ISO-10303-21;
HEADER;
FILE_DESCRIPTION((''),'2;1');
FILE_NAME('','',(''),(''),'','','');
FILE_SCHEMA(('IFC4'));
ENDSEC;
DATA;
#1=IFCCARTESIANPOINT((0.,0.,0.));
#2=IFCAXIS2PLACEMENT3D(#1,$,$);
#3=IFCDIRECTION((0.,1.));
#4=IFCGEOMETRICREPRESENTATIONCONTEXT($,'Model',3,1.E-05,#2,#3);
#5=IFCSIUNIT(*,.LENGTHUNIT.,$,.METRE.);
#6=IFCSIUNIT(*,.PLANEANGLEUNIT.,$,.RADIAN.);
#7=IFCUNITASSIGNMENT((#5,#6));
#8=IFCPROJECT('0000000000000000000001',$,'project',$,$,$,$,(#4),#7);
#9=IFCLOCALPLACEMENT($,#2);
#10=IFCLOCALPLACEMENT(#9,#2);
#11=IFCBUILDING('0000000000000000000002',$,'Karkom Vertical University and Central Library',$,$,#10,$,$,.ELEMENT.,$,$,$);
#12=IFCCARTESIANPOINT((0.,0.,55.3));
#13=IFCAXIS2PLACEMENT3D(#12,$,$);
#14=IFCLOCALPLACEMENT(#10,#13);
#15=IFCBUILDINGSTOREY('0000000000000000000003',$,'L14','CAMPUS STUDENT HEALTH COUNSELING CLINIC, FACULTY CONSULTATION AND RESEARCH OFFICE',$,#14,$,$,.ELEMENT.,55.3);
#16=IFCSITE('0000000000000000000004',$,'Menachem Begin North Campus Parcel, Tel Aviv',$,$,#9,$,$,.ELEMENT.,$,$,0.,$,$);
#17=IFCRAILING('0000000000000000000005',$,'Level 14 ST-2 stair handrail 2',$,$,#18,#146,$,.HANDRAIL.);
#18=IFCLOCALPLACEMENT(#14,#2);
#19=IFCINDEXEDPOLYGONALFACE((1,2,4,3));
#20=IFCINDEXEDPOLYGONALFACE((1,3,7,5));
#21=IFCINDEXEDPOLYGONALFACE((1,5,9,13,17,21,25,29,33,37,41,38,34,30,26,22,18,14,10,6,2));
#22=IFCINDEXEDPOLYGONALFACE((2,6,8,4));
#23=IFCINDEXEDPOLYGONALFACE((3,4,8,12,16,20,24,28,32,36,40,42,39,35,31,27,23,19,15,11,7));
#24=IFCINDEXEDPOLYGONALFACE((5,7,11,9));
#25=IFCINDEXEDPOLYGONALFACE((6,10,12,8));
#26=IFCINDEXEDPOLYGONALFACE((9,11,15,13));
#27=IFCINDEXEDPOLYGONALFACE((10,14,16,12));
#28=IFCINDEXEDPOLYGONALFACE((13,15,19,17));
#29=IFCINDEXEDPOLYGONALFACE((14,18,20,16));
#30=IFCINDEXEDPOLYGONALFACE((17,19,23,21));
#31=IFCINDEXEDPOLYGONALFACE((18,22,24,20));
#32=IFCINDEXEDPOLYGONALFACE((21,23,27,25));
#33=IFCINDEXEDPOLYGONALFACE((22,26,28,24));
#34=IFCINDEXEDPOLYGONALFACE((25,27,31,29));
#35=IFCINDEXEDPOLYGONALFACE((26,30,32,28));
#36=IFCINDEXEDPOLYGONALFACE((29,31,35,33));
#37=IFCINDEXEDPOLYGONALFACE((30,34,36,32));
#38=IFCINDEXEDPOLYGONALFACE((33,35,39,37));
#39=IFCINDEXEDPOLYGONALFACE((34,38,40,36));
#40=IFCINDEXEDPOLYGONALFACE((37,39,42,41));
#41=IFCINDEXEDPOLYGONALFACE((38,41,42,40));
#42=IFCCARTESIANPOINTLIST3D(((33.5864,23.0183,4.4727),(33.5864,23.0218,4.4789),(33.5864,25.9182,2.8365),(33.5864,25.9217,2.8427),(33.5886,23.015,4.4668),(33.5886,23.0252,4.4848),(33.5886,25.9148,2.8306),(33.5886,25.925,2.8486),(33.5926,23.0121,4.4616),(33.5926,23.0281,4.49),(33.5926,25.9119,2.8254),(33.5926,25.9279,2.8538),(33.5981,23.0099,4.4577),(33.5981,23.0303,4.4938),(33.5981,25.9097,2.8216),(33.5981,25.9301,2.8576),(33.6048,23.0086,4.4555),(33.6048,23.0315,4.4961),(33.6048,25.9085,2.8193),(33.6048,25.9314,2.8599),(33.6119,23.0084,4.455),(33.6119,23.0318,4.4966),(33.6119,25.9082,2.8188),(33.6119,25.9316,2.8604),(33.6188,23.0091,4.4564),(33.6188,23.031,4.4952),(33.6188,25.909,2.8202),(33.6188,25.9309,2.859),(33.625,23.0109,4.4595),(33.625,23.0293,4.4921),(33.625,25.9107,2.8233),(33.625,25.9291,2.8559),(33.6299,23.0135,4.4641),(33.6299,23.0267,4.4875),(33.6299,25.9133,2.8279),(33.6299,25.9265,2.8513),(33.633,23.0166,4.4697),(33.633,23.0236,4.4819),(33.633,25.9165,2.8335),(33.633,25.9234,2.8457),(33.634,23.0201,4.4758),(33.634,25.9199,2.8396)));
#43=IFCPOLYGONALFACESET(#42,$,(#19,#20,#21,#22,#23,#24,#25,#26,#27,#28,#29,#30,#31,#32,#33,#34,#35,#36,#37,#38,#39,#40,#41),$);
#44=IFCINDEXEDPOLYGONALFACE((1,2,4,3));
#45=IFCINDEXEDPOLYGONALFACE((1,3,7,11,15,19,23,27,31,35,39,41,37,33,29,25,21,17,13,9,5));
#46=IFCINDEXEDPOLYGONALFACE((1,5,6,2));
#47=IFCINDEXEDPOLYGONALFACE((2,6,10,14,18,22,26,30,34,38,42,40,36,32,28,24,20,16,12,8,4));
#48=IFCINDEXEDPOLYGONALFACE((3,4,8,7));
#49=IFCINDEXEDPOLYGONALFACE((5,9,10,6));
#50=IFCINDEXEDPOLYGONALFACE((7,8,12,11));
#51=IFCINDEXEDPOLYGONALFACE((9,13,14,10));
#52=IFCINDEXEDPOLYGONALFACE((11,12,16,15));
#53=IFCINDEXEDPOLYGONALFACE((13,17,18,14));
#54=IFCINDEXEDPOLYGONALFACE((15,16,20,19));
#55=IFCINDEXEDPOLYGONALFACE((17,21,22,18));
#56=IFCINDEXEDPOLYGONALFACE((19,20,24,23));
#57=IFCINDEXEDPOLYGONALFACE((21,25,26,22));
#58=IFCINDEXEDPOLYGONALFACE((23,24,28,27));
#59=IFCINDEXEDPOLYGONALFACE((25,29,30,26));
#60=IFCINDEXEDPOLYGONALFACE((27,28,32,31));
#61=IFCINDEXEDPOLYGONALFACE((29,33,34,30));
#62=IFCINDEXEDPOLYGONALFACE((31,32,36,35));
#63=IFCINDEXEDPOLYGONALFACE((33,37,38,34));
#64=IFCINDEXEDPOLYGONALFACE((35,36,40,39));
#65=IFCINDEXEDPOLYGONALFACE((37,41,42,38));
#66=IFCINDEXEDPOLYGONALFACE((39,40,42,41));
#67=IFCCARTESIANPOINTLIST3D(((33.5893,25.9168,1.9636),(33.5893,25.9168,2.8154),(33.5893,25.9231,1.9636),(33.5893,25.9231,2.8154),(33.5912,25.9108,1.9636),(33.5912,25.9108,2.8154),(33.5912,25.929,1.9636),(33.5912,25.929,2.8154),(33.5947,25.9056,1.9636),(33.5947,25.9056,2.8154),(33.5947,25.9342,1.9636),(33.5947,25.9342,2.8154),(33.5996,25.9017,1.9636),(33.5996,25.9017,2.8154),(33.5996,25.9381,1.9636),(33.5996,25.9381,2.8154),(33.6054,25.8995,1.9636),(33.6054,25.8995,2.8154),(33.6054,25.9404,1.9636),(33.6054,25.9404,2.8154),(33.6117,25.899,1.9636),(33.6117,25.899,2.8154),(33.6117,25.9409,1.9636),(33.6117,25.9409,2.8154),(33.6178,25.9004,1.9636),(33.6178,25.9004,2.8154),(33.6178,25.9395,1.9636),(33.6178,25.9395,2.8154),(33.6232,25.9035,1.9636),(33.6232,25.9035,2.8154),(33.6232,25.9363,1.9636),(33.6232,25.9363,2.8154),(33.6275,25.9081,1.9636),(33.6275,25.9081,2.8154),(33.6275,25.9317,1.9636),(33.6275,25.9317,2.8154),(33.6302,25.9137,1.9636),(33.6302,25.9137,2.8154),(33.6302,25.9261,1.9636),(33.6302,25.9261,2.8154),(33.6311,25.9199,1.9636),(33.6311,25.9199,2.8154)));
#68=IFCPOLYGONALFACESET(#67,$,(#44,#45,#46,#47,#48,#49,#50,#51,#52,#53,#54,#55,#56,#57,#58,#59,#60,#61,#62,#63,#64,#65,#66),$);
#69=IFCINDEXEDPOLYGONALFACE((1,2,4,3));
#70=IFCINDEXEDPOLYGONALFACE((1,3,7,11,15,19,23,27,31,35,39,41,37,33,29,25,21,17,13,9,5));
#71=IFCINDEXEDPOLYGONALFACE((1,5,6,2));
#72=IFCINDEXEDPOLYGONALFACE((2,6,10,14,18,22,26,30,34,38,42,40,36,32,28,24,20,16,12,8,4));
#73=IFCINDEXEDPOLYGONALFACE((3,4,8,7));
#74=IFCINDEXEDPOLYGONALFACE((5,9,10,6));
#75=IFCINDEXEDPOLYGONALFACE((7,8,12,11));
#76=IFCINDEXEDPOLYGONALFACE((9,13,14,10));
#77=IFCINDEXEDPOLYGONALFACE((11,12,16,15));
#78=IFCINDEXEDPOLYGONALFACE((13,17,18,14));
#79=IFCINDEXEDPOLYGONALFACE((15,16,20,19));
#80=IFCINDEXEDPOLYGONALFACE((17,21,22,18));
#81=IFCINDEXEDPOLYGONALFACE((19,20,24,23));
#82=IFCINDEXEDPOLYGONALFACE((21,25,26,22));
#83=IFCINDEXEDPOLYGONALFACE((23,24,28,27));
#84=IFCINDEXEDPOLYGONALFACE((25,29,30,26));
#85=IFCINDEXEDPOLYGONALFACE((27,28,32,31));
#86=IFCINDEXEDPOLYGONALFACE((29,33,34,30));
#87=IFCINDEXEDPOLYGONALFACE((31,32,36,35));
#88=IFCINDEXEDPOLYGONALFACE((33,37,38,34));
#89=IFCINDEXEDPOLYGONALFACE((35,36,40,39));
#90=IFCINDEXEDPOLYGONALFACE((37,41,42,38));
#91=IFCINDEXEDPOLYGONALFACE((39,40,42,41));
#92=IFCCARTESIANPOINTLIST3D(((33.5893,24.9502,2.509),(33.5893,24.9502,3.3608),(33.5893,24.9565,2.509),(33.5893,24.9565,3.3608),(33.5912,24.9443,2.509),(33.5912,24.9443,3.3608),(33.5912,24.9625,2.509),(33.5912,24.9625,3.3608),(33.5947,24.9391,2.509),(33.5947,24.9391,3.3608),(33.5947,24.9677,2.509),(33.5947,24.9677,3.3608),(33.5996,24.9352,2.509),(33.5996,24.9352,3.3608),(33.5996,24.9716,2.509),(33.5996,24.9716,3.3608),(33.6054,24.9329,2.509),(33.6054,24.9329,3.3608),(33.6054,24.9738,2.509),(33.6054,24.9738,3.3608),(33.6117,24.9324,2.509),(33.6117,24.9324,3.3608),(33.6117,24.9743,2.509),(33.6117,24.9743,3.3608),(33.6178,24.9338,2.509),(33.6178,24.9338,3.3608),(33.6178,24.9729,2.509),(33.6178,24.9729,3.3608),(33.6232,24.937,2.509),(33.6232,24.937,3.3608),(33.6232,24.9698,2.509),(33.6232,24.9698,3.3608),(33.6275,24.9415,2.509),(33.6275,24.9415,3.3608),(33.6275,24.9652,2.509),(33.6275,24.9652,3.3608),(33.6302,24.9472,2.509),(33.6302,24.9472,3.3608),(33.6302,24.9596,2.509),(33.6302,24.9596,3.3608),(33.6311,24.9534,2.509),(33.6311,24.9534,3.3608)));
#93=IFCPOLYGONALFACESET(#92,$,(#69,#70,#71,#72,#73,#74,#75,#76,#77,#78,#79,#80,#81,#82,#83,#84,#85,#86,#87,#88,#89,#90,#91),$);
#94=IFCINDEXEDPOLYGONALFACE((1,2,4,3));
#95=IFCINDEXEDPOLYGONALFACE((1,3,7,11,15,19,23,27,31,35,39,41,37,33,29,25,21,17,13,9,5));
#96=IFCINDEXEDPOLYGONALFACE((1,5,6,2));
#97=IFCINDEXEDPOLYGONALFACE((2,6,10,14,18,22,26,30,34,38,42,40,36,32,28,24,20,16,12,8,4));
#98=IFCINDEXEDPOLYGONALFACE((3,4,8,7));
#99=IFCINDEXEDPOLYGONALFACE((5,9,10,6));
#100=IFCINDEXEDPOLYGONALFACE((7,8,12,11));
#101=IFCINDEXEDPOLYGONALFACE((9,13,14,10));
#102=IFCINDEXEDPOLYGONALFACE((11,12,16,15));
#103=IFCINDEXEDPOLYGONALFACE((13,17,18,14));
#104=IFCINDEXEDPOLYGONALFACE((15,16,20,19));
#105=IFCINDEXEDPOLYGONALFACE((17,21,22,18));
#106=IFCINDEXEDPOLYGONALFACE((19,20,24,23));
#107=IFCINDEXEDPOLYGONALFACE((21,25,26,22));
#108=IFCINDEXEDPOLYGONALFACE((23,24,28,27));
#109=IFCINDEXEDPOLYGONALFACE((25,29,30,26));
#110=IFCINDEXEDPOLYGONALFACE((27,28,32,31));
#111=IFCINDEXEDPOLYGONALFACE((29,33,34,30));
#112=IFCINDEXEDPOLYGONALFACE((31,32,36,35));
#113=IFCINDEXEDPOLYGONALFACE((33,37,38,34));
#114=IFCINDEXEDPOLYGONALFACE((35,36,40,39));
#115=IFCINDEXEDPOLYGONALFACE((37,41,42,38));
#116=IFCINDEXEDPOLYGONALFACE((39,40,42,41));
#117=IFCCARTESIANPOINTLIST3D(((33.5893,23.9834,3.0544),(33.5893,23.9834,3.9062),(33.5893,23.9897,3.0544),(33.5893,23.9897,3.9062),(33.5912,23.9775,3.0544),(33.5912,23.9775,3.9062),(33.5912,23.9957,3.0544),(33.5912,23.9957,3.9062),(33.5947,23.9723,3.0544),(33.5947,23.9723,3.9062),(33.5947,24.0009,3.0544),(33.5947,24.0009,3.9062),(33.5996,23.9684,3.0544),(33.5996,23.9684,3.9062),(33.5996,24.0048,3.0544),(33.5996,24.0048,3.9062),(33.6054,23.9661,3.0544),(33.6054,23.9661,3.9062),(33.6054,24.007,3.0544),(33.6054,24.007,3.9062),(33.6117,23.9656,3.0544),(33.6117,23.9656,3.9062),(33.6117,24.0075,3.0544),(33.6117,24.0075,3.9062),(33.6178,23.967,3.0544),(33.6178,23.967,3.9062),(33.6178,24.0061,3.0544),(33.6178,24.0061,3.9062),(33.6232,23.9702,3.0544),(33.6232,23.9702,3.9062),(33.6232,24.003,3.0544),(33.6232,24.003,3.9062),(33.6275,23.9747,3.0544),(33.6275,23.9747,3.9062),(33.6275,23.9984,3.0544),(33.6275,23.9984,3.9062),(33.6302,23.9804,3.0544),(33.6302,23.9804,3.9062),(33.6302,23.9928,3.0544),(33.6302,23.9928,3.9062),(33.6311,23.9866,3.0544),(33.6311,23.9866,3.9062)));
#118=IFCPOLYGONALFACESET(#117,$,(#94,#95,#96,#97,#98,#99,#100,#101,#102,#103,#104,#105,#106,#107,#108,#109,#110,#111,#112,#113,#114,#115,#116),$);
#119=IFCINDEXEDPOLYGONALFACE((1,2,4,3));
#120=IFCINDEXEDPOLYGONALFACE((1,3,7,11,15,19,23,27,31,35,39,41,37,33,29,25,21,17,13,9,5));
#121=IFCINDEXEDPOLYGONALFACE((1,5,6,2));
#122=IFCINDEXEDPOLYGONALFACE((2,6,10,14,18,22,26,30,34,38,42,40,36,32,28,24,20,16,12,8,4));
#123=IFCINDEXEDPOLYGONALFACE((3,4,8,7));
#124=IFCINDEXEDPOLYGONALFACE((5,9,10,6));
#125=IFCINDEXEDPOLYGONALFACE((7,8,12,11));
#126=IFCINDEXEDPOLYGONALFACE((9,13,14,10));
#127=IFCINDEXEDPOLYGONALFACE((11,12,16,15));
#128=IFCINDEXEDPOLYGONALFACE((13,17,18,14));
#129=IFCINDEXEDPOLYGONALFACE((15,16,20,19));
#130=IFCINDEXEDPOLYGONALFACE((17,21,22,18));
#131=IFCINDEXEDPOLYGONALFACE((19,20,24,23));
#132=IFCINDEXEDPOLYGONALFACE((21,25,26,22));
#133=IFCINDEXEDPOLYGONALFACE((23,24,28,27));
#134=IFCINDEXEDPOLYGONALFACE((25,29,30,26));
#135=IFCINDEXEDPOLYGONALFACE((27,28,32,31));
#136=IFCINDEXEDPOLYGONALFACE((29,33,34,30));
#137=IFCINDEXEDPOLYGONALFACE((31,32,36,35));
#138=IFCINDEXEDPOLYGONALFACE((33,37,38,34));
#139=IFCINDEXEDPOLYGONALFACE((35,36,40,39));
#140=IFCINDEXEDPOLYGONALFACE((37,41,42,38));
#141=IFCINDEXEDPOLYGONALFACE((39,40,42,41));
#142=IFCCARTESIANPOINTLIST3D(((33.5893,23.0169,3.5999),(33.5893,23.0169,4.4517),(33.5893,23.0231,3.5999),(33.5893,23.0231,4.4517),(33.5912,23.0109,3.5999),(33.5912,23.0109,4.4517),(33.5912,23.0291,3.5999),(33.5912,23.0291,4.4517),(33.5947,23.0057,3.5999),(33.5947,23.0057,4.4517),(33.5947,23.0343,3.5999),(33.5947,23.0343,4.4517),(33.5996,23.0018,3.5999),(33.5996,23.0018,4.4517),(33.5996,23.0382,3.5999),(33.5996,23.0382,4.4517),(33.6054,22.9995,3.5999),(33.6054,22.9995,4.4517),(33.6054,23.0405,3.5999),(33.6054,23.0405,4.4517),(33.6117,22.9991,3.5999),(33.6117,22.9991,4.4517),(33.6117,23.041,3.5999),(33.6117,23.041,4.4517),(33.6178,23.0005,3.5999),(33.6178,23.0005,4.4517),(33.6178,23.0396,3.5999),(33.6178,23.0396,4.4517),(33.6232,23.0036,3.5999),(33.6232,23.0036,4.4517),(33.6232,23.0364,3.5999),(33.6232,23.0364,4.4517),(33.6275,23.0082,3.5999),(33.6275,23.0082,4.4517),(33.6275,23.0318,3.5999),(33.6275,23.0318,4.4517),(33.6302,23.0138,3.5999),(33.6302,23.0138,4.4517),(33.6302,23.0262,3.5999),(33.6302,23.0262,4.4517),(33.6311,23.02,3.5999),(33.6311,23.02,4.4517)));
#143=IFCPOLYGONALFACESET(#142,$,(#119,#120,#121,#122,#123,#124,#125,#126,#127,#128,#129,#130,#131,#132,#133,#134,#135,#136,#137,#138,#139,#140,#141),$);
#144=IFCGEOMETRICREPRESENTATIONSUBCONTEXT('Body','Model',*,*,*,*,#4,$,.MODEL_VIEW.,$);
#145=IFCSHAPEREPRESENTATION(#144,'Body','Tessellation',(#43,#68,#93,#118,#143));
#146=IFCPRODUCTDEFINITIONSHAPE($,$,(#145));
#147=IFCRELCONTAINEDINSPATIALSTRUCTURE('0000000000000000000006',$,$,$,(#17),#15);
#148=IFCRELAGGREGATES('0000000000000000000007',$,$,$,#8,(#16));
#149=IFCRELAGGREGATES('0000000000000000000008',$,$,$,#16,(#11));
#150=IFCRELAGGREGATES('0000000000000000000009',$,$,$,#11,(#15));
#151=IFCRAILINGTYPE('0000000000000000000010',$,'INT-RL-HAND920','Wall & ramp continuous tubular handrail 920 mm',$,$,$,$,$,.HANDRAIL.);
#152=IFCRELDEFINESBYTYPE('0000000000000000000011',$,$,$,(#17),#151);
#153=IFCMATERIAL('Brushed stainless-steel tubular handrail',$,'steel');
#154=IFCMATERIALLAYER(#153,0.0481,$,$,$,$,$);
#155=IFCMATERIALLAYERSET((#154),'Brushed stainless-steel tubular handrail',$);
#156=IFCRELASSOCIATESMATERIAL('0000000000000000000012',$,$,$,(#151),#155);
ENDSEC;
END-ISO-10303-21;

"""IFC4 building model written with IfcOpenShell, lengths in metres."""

from ifc_helpers import new_model, si_unit, direction, frame, origin, origin_2d, place, context, subcontext, project, spatial, circle, extrude, material, layer, layer_set, type_object, element, save


model = new_model("IFC4")

# Units and contexts
model_context = context("Model", 3, precision=1e-05, world=origin(), true_north=direction((0.0, 1.0)))
body_context = subcontext(model_context, "Body", "Model", "MODEL_VIEW")
ifc_project = project(units=[si_unit("LENGTHUNIT", "METRE"), si_unit("PLANEANGLEUNIT", "RADIAN")], contexts=[model_context])

# Site, building, storey
site_placement = place(None, origin())
site = spatial("IfcSite", under=ifc_project, at=site_placement, Name="Menachem Begin North Campus Parcel, Tel Aviv", CompositionType="ELEMENT", RefElevation=0.0)
building_placement = place(site_placement, origin())
building = spatial("IfcBuilding", under=site, at=building_placement, Name="Karkom Vertical University and Central Library", CompositionType="ELEMENT")
storey_placement = place(building_placement, frame((0.0, 0.0, 55.3)))
storey = spatial("IfcBuildingStorey", under=building, at=storey_placement, Name="L14", Description="CAMPUS STUDENT HEALTH COUNSELING CLINIC, FACULTY CONSULTATION AND RESEARCH OFFICE", CompositionType="ELEMENT", Elevation=55.3)

# Railing
ifc_material_1 = material(Name="Brushed stainless-steel tubular handrail", Category="steel")
ifc_layer_1 = layer(ifc_material_1, 0.0481)
ifc_layer_set_1 = layer_set([ifc_layer_1], Name="Brushed stainless-steel tubular handrail")
railing_type_1 = type_object("IfcRailingType", Name="INT-RL-HAND920", Description="Wall & ramp continuous tubular handrail 920 mm", PredefinedType="HANDRAIL", material=ifc_layer_set_1)
railing_1_placement = place(storey_placement, frame((33.6101, 25.9199, 1.9636)))
element("IfcRailing", 1, at=railing_1_placement, inside=storey, type_object=railing_type_1, Name="Level 14 ST-2 stair handrail 2", PredefinedType="HANDRAIL", context=body_context, shape_type="SweptSolid", body=[
    extrude(circle(Radius=0.0239, at=origin_2d()), frame((0.0, 0.0, 0.876), z_axis=(0.0, -0.870929, 0.49141), x_axis=(1.0, 0.0, 0.0)), (0.0, 0.0, 1.0), 3.3296),
    extrude(circle(Radius=0.021, at=origin_2d()), origin(), (0.0, 0.0, 1.0), 0.8518),
    extrude(circle(Radius=0.021, at=origin_2d()), frame((0.0, -0.9666, 0.5454)), (0.0, 0.0, 1.0), 0.8518),
    extrude(circle(Radius=0.021, at=origin_2d()), frame((0.0, -1.9333, 1.0908)), (0.0, 0.0, 1.0), 0.8518),
    extrude(circle(Radius=0.021, at=origin_2d()), frame((0.0, -2.8999, 1.6362)), (0.0, 0.0, 1.0), 0.8518),
])

save(model, "model.ifc")
